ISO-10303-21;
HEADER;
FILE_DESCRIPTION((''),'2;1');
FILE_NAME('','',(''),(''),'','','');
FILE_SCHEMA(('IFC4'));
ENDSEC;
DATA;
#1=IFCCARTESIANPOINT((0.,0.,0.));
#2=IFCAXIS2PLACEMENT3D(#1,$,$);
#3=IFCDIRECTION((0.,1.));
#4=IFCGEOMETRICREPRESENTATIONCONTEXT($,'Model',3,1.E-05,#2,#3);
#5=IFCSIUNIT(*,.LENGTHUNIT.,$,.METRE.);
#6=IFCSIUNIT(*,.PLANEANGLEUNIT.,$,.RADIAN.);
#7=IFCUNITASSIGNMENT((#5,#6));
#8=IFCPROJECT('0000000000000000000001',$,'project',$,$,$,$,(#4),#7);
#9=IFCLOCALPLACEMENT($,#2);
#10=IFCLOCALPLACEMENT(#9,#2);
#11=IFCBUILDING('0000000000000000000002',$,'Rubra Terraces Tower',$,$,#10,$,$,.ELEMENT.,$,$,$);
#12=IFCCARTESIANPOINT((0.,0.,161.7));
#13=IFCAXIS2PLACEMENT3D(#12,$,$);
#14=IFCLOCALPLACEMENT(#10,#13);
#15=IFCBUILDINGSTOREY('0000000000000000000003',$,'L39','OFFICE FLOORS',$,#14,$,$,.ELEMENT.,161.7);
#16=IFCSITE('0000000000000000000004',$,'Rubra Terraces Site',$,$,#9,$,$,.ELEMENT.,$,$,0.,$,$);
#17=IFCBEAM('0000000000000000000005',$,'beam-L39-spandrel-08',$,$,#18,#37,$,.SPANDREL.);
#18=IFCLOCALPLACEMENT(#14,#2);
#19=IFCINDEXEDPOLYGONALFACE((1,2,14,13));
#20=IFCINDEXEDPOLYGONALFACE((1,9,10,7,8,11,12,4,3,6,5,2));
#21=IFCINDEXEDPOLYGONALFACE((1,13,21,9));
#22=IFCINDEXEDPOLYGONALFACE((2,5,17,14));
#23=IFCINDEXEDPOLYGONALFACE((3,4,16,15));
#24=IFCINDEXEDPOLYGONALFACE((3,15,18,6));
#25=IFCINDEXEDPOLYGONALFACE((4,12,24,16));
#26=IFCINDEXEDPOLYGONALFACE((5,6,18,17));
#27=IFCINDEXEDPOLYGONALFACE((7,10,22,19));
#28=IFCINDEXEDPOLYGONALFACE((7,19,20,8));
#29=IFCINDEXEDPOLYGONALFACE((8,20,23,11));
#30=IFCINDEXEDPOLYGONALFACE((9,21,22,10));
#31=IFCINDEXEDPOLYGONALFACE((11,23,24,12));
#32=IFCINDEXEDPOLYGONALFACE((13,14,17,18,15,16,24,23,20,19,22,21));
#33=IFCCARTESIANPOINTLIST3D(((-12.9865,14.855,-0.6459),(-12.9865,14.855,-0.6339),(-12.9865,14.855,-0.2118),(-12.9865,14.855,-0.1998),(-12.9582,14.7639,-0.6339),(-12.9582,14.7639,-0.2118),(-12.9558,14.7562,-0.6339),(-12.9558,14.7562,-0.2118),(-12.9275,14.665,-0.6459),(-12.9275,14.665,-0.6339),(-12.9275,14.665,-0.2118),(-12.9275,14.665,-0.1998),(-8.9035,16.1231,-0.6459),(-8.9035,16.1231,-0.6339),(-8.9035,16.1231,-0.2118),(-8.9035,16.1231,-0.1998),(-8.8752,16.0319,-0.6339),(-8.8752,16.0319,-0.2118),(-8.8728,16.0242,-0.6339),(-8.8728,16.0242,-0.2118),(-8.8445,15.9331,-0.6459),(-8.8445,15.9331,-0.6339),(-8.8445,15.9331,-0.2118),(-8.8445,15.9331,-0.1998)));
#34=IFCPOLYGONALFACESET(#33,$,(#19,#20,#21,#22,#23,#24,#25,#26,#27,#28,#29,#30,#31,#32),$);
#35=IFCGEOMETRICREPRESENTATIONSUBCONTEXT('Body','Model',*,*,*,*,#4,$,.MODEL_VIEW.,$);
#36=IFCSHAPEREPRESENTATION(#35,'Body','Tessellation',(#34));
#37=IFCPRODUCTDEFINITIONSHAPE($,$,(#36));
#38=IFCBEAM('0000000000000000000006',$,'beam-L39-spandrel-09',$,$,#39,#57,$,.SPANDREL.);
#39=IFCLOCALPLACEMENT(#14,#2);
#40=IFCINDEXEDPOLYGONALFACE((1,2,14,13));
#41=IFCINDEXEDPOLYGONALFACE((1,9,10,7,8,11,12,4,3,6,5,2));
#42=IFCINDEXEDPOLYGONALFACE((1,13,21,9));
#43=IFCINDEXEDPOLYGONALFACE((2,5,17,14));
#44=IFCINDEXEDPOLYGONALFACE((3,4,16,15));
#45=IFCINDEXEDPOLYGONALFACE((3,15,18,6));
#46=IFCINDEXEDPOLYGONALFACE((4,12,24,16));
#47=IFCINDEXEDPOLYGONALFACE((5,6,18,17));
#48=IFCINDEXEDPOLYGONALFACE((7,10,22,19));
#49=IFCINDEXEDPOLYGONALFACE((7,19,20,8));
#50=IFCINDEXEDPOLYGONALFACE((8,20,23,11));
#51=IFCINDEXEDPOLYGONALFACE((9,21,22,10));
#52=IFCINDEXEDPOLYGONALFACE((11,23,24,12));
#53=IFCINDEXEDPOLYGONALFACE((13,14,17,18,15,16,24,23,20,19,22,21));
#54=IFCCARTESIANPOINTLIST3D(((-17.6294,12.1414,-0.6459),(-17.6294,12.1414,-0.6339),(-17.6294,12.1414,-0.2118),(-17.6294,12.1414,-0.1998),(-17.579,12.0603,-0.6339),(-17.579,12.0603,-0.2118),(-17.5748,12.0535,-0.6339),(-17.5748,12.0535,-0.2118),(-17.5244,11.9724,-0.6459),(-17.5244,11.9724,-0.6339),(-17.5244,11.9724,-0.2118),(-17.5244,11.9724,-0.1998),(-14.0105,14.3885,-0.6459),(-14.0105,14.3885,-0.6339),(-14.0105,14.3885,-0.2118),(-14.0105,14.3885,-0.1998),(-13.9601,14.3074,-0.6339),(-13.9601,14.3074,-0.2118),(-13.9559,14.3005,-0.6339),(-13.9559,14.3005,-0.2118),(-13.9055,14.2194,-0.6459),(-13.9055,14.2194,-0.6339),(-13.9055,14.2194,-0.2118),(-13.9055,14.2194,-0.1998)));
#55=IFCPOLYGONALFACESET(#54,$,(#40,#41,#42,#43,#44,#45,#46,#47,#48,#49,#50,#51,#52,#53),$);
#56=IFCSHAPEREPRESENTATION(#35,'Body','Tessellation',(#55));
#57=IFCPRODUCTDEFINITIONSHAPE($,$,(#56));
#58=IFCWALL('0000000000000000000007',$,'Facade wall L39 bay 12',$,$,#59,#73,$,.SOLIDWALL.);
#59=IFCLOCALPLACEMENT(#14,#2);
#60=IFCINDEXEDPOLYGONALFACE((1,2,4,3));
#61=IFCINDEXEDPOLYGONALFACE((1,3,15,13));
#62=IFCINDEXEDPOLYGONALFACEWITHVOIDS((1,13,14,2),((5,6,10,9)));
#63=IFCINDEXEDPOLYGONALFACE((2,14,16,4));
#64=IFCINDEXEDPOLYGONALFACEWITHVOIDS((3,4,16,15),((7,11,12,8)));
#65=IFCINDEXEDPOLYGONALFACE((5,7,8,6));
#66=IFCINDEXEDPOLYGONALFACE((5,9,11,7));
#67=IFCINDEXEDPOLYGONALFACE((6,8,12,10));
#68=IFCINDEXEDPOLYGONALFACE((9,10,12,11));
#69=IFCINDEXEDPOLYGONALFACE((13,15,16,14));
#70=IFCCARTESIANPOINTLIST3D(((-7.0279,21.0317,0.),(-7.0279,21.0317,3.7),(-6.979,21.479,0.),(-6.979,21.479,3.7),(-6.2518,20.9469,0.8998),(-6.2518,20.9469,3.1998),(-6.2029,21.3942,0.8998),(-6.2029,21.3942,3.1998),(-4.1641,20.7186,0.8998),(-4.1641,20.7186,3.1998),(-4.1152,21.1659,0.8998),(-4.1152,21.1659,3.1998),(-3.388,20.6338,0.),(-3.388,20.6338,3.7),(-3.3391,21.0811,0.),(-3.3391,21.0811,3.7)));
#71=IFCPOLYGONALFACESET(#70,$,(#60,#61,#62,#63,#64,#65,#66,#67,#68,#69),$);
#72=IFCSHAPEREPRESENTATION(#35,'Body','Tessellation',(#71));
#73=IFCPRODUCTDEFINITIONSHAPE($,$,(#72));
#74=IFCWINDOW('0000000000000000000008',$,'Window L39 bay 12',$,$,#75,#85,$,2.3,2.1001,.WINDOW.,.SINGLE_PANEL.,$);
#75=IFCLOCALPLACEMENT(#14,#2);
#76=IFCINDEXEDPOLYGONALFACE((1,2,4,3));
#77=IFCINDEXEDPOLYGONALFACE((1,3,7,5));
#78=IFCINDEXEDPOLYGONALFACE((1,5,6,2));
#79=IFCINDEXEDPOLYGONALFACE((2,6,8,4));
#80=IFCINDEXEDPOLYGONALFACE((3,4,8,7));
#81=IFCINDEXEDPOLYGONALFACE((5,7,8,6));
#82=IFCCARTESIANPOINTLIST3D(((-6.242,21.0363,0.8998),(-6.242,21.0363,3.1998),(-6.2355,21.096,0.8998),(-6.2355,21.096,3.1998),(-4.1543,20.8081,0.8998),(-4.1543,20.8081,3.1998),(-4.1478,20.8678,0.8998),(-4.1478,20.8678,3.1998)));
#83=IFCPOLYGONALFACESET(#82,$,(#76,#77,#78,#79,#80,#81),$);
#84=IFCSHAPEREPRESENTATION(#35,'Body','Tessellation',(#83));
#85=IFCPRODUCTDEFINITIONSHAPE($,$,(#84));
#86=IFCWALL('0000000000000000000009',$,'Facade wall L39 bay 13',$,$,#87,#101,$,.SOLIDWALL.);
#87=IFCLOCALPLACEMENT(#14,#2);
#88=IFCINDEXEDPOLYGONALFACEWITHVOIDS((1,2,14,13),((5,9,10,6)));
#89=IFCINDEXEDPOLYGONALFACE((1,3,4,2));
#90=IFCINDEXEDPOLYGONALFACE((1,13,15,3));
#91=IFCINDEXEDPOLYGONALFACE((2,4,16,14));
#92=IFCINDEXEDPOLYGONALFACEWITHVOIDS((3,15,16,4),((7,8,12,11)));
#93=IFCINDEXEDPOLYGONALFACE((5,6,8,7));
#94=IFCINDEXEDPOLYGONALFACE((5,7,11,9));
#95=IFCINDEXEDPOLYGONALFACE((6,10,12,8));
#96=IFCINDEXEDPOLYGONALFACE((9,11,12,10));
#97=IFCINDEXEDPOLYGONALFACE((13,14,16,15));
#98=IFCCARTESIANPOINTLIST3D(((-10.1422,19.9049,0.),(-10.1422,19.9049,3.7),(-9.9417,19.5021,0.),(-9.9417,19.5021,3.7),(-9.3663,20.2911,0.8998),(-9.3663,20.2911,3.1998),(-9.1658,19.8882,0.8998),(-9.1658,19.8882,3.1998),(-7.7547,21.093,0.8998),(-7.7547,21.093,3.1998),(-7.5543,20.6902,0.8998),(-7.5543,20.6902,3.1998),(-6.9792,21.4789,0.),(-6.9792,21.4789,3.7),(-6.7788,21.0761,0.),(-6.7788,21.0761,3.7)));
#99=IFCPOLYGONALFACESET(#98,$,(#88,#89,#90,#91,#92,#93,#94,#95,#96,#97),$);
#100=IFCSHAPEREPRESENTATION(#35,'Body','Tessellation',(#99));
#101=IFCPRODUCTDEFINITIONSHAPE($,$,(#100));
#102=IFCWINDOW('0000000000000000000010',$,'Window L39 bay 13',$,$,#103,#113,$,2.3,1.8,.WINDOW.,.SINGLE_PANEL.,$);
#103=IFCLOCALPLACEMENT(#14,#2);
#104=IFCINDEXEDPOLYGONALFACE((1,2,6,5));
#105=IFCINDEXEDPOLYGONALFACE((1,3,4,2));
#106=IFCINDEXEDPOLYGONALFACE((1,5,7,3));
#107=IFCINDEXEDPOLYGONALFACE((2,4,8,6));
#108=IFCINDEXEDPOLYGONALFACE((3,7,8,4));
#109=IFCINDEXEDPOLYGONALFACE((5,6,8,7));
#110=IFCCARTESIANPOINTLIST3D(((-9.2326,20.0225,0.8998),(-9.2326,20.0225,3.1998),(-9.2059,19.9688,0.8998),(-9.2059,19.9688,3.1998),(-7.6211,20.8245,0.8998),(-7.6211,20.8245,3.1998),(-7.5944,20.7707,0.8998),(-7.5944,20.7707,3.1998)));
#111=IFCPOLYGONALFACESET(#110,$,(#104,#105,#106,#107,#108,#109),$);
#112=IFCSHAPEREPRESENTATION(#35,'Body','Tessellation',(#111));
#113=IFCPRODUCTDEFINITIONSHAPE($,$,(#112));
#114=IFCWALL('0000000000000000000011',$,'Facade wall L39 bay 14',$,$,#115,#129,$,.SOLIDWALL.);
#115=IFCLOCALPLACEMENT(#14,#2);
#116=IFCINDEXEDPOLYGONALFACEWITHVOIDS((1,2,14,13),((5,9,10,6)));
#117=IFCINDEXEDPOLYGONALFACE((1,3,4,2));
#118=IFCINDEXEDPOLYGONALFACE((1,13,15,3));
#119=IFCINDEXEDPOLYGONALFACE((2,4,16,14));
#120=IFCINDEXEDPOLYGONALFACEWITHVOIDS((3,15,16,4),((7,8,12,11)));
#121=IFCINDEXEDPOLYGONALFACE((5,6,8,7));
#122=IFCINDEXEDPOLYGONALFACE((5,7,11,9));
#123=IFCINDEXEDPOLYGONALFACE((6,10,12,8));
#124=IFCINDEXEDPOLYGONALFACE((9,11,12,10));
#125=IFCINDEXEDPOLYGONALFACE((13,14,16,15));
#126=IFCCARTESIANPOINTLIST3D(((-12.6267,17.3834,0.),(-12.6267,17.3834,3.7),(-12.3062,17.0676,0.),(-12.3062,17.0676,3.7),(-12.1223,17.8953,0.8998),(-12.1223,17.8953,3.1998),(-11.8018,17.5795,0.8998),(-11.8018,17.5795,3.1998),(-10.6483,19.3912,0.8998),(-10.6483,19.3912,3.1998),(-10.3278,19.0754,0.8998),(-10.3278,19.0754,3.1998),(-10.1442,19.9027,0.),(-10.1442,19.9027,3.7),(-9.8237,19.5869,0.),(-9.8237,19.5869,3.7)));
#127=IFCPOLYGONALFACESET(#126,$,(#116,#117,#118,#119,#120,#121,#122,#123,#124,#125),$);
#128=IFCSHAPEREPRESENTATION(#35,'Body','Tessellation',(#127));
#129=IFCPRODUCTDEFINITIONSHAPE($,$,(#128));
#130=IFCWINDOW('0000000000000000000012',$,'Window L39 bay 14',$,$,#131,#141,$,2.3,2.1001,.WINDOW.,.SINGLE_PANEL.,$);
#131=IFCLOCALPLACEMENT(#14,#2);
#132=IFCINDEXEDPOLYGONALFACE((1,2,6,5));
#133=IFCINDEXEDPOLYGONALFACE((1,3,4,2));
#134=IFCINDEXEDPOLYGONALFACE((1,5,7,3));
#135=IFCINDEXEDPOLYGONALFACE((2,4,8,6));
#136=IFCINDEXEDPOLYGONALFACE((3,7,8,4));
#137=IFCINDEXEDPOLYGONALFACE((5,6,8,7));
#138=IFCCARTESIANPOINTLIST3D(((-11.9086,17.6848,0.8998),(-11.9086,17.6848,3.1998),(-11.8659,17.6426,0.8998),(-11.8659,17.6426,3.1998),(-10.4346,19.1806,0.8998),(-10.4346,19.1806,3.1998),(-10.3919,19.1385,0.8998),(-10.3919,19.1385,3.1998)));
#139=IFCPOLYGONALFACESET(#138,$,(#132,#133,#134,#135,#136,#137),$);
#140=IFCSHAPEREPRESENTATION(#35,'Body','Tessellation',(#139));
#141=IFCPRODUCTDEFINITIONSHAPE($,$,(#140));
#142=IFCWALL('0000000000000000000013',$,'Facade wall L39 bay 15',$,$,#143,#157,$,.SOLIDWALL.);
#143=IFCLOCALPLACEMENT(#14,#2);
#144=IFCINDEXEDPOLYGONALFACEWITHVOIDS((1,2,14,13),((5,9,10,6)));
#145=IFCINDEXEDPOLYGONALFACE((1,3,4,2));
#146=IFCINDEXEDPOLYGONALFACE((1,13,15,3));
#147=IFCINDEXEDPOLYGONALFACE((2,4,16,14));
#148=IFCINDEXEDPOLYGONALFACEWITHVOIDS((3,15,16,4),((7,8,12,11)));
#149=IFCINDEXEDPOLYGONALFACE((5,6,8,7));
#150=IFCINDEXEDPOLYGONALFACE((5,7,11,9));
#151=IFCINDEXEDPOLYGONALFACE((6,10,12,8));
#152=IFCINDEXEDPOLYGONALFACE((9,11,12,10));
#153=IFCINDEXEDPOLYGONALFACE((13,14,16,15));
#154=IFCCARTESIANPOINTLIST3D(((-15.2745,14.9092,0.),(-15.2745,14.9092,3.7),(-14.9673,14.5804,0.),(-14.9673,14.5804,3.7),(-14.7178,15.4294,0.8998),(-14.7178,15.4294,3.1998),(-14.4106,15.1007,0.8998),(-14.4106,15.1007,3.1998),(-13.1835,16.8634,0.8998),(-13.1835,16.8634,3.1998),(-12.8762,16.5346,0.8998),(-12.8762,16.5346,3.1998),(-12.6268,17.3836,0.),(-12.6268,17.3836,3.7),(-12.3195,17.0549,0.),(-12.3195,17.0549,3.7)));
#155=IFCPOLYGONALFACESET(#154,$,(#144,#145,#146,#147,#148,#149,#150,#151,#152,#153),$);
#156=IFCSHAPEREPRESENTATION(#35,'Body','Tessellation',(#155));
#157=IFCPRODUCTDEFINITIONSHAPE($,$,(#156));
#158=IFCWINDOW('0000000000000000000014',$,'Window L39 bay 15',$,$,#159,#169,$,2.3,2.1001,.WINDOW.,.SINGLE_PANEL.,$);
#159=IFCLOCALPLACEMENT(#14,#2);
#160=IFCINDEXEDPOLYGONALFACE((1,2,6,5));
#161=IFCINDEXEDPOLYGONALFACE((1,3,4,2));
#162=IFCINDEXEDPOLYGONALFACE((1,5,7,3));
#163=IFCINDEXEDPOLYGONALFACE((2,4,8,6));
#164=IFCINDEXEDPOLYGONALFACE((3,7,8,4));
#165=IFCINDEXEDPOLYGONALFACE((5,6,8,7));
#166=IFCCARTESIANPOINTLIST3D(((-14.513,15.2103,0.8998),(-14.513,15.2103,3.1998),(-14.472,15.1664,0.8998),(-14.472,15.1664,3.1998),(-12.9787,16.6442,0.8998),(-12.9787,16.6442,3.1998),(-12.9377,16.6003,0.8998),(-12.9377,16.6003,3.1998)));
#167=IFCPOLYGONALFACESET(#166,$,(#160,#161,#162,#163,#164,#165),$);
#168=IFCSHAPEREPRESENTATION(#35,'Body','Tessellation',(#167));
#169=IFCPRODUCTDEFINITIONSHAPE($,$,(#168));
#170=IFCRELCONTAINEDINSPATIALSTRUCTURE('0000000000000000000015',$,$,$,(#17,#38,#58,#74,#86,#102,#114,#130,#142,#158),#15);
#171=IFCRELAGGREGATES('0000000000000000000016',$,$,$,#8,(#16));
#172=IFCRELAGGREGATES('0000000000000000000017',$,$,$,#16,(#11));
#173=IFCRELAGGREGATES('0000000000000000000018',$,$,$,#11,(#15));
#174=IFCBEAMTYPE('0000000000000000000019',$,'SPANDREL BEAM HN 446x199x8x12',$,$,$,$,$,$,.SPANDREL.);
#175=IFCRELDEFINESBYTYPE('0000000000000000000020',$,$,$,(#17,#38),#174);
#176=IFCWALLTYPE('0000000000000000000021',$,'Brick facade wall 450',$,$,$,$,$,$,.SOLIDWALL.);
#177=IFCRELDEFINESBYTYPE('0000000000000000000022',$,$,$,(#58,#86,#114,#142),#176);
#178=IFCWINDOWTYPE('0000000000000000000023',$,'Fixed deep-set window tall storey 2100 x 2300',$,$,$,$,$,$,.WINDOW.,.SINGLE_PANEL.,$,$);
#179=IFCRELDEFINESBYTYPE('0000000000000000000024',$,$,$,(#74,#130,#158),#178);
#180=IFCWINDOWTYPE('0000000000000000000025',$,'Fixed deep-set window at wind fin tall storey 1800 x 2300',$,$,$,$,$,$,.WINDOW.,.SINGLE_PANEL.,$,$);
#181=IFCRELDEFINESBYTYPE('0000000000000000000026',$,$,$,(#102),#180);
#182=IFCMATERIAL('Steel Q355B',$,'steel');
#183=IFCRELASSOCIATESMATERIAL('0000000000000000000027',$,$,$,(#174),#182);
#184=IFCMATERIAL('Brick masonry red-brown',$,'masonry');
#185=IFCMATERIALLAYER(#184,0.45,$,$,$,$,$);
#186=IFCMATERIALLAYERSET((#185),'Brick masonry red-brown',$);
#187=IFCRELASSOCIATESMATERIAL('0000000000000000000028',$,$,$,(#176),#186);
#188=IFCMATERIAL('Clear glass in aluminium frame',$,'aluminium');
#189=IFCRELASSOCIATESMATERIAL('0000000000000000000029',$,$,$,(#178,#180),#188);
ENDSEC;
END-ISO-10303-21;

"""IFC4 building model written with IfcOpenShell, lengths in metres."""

from ifc_helpers import new_model, si_unit, direction, frame, frame_2d, origin, origin_2d, place, context, subcontext, project, spatial, rectangle, i_section, extrude, material, layer, layer_set, material_profile, profile_set, type_object, element, fill, save


model = new_model("IFC4")

# Units and contexts
model_context = context("Model", 3, precision=1e-05, world=origin(), true_north=direction((0.0, 1.0)))
body_context = subcontext(model_context, "Body", "Model", "MODEL_VIEW")
ifc_project = project(units=[si_unit("LENGTHUNIT", "METRE"), si_unit("PLANEANGLEUNIT", "RADIAN")], contexts=[model_context])

# Site, building, storey
site_placement = place(None, origin())
site = spatial("IfcSite", under=ifc_project, at=site_placement, Name="Rubra Terraces Site", CompositionType="ELEMENT", RefElevation=0.0)
building_placement = place(site_placement, origin())
building = spatial("IfcBuilding", under=site, at=building_placement, Name="Rubra Terraces Tower", CompositionType="ELEMENT")
storey_placement = place(building_placement, frame((0.0, 0.0, 161.7)))
storey = spatial("IfcBuildingStorey", under=building, at=storey_placement, Name="L39", Description="OFFICE FLOORS", CompositionType="ELEMENT", Elevation=161.7)

# Beams
ifc_material_1 = material(Name="Steel Q355B", Category="steel")
ifc_material_profile_1 = material_profile(ifc_material_1, i_section(OverallWidth=0.199, OverallDepth=0.446, WebThickness=0.0081, FlangeThickness=0.012, at=origin_2d()), Name="HN 446x199x8x12")
ifc_profile_set_1 = profile_set([ifc_material_profile_1], Name="Steel Q355B")
beam_type_1 = type_object("IfcBeamType", Name="SPANDREL BEAM HN 446x199x8x12", PredefinedType="SPANDREL", material=ifc_profile_set_1)
beam_1_placement = place(storey_placement, frame((-8.874, 16.0281, -0.4229), z_axis=(-0.955003, -0.296597, 0.0), x_axis=(0.296597, -0.955003, 0.0)))
element("IfcBeam", 1, at=beam_1_placement, inside=storey, type_object=beam_type_1, Name="beam-L39-spandrel-08", PredefinedType="SPANDREL", context=body_context, shape_type="SweptSolid", body=[
    extrude(i_section(OverallWidth=0.199, OverallDepth=0.446, WebThickness=0.0081, FlangeThickness=0.012, at=origin_2d()), origin(), (0.0, 0.0, 1.0), 4.2754),
])
beam_2_placement = place(storey_placement, frame((-13.958, 14.304, -0.4229), z_axis=(-0.84955, -0.527508, 0.0), x_axis=(0.527508, -0.84955, 0.0)))
element("IfcBeam", 2, at=beam_2_placement, inside=storey, type_object=beam_type_1, Name="beam-L39-spandrel-09", PredefinedType="SPANDREL", context=body_context, shape_type="SweptSolid", body=[
    extrude(i_section(OverallWidth=0.199, OverallDepth=0.446, WebThickness=0.0081, FlangeThickness=0.012, at=origin_2d()), origin(), (0.0, 0.0, 1.0), 4.2598),
])

# Walls, openings, windows
ifc_material_2 = material(Name="Brick masonry red-brown", Category="masonry")
ifc_layer_1 = layer(ifc_material_2, 0.45)
ifc_layer_set_1 = layer_set([ifc_layer_1], Name="Brick masonry red-brown")
wall_type_1 = type_object("IfcWallType", Name="Brick facade wall 450", PredefinedType="SOLIDWALL", material=ifc_layer_set_1)
wall_1_placement = place(storey_placement, frame((-3.3635, 20.8574, 0.0), z_axis=(0.0, 0.0, 1.0), x_axis=(-0.994077, 0.108682, 0.0)))
wall_1 = element("IfcWall", 3, at=wall_1_placement, inside=storey, type_object=wall_type_1, Name="Facade wall L39 bay 12", PredefinedType="SOLIDWALL", context=body_context, shape_type="SweptSolid", body=[
    extrude(rectangle(XDim=3.6616, YDim=0.45, at=frame_2d((1.8308, 0.0))), origin(), (0.0, 0.0, 1.0), 3.7),
])
opening_1_placement = place(wall_1_placement, frame((0.7808, 0.0, 0.8999)))
opening_1 = element("IfcOpeningElement", 4, at=opening_1_placement, cuts=wall_1, PredefinedType="OPENING", context=body_context, shape_type="SweptSolid", body=[
    extrude(rectangle(XDim=2.1001, YDim=2.3, at=frame_2d((1.05, 1.1499))), frame((0.0, 0.2349, 0.0), z_axis=(0.0, -1.0, 0.0), x_axis=(1.0, 0.0, 0.0)), (0.0, 0.0, 1.0), 0.47),
])
ifc_material_3 = material(Name="Clear glass in aluminium frame", Category="aluminium")
window_type_1 = type_object("IfcWindowType", Name="Fixed deep-set window tall storey 2100 x 2300", PartitioningType="SINGLE_PANEL", PredefinedType="WINDOW", material=ifc_material_3)
window_1_placement = place(opening_1_placement, origin())
window_1 = element("IfcWindow", 5, at=window_1_placement, inside=storey, type_object=window_type_1, Name="Window L39 bay 12", OverallHeight=2.3, OverallWidth=2.1001, PartitioningType="SINGLE_PANEL", PredefinedType="WINDOW", context=body_context, shape_type="SweptSolid", body=[
    extrude(rectangle(XDim=2.1001, YDim=2.3, at=frame_2d((1.05, 1.1499))), frame((0.0, 0.135, 0.0), z_axis=(0.0, -1.0, 0.0), x_axis=(1.0, 0.0, 0.0)), (0.0, 0.0, 1.0), 0.0601),
])
fill(opening_1, window_1)
wall_2_placement = place(storey_placement, frame((-6.8789, 21.2776, 0.0), z_axis=(0.0, 0.0, 1.0), x_axis=(-0.895269, -0.445527, 0.0)))
wall_2 = element("IfcWall", 6, at=wall_2_placement, inside=storey, type_object=wall_type_1, Name="Facade wall L39 bay 13", PredefinedType="SOLIDWALL", context=body_context, shape_type="SweptSolid", body=[
    extrude(rectangle(XDim=3.533, YDim=0.45, at=frame_2d((1.7666, 0.0))), origin(), (0.0, 0.0, 1.0), 3.7),
])
opening_2_placement = place(wall_2_placement, frame((0.8665, 0.0, 0.8999)))
opening_2 = element("IfcOpeningElement", 7, at=opening_2_placement, cuts=wall_2, PredefinedType="OPENING", context=body_context, shape_type="SweptSolid", body=[
    extrude(rectangle(XDim=1.8, YDim=2.3, at=frame_2d((0.8999, 1.1499))), frame((0.0, 0.2349, 0.0), z_axis=(0.0, -1.0, 0.0), x_axis=(1.0, 0.0, 0.0)), (0.0, 0.0, 1.0), 0.47),
])
window_type_2 = type_object("IfcWindowType", Name="Fixed deep-set window at wind fin tall storey 1800 x 2300", PartitioningType="SINGLE_PANEL", PredefinedType="WINDOW", material=ifc_material_3)
window_2_placement = place(opening_2_placement, origin())
window_2 = element("IfcWindow", 8, at=window_2_placement, inside=storey, type_object=window_type_2, Name="Window L39 bay 13", OverallHeight=2.3, OverallWidth=1.8, PartitioningType="SINGLE_PANEL", PredefinedType="WINDOW", context=body_context, shape_type="SweptSolid", body=[
    extrude(rectangle(XDim=1.8, YDim=2.3, at=frame_2d((0.8999, 1.1499))), frame((0.0, 0.135, 0.0), z_axis=(0.0, -1.0, 0.0), x_axis=(1.0, 0.0, 0.0)), (0.0, 0.0, 1.0), 0.0601),
])
fill(opening_2, window_2)
wall_3_placement = place(storey_placement, frame((-9.9839, 19.7449, 0.0), z_axis=(0.0, 0.0, 1.0), x_axis=(-0.701876, -0.712299, 0.0)))
wall_3 = element("IfcWall", 9, at=wall_3_placement, inside=storey, type_object=wall_type_1, Name="Facade wall L39 bay 14", PredefinedType="SOLIDWALL", context=body_context, shape_type="SweptSolid", body=[
    extrude(rectangle(XDim=3.5369, YDim=0.45, at=frame_2d((1.7686, 0.0))), origin(), (0.0, 0.0, 1.0), 3.7),
])
opening_3_placement = place(wall_3_placement, frame((0.7183, 0.0, 0.8999)))
opening_3 = element("IfcOpeningElement", 10, at=opening_3_placement, cuts=wall_3, PredefinedType="OPENING", context=body_context, shape_type="SweptSolid", body=[
    extrude(rectangle(XDim=2.1001, YDim=2.3, at=frame_2d((1.05, 1.1499))), frame((0.0, 0.2349, 0.0), z_axis=(0.0, -1.0, 0.0), x_axis=(1.0, 0.0, 0.0)), (0.0, 0.0, 1.0), 0.47),
])
window_3_placement = place(opening_3_placement, origin())
window_3 = element("IfcWindow", 11, at=window_3_placement, inside=storey, type_object=window_type_1, Name="Window L39 bay 14", OverallHeight=2.3, OverallWidth=2.1001, PartitioningType="SINGLE_PANEL", PredefinedType="WINDOW", context=body_context, shape_type="SweptSolid", body=[
    extrude(rectangle(XDim=2.1001, YDim=2.3, at=frame_2d((1.05, 1.1499))), frame((0.0, 0.135, 0.0), z_axis=(0.0, -1.0, 0.0), x_axis=(1.0, 0.0, 0.0)), (0.0, 0.0, 1.0), 0.0601),
])
fill(opening_3, window_3)
wall_4_placement = place(storey_placement, frame((-12.4731, 17.2192, 0.0), z_axis=(0.0, 0.0, 1.0), x_axis=(-0.730618, -0.682786, 0.0)))
wall_4 = element("IfcWall", 12, at=wall_4_placement, inside=storey, type_object=wall_type_1, Name="Facade wall L39 bay 15", PredefinedType="SOLIDWALL", context=body_context, shape_type="SweptSolid", body=[
    extrude(rectangle(XDim=3.624, YDim=0.45, at=frame_2d((1.812, 0.0))), origin(), (0.0, 0.0, 1.0), 3.7),
])
opening_4_placement = place(wall_4_placement, frame((0.762, 0.0, 0.8999)))
opening_4 = element("IfcOpeningElement", 13, at=opening_4_placement, cuts=wall_4, PredefinedType="OPENING", context=body_context, shape_type="SweptSolid", body=[
    extrude(rectangle(XDim=2.1001, YDim=2.3, at=frame_2d((1.05, 1.1499))), frame((0.0, 0.2349, 0.0), z_axis=(0.0, -1.0, 0.0), x_axis=(1.0, 0.0, 0.0)), (0.0, 0.0, 1.0), 0.47),
])
window_4_placement = place(opening_4_placement, origin())
window_4 = element("IfcWindow", 14, at=window_4_placement, inside=storey, type_object=window_type_1, Name="Window L39 bay 15", OverallHeight=2.3, OverallWidth=2.1001, PartitioningType="SINGLE_PANEL", PredefinedType="WINDOW", context=body_context, shape_type="SweptSolid", body=[
    extrude(rectangle(XDim=2.1001, YDim=2.3, at=frame_2d((1.05, 1.1499))), frame((0.0, 0.135, 0.0), z_axis=(0.0, -1.0, 0.0), x_axis=(1.0, 0.0, 0.0)), (0.0, 0.0, 1.0), 0.0601),
])
fill(opening_4, window_4)

save(model, "model.ifc")
